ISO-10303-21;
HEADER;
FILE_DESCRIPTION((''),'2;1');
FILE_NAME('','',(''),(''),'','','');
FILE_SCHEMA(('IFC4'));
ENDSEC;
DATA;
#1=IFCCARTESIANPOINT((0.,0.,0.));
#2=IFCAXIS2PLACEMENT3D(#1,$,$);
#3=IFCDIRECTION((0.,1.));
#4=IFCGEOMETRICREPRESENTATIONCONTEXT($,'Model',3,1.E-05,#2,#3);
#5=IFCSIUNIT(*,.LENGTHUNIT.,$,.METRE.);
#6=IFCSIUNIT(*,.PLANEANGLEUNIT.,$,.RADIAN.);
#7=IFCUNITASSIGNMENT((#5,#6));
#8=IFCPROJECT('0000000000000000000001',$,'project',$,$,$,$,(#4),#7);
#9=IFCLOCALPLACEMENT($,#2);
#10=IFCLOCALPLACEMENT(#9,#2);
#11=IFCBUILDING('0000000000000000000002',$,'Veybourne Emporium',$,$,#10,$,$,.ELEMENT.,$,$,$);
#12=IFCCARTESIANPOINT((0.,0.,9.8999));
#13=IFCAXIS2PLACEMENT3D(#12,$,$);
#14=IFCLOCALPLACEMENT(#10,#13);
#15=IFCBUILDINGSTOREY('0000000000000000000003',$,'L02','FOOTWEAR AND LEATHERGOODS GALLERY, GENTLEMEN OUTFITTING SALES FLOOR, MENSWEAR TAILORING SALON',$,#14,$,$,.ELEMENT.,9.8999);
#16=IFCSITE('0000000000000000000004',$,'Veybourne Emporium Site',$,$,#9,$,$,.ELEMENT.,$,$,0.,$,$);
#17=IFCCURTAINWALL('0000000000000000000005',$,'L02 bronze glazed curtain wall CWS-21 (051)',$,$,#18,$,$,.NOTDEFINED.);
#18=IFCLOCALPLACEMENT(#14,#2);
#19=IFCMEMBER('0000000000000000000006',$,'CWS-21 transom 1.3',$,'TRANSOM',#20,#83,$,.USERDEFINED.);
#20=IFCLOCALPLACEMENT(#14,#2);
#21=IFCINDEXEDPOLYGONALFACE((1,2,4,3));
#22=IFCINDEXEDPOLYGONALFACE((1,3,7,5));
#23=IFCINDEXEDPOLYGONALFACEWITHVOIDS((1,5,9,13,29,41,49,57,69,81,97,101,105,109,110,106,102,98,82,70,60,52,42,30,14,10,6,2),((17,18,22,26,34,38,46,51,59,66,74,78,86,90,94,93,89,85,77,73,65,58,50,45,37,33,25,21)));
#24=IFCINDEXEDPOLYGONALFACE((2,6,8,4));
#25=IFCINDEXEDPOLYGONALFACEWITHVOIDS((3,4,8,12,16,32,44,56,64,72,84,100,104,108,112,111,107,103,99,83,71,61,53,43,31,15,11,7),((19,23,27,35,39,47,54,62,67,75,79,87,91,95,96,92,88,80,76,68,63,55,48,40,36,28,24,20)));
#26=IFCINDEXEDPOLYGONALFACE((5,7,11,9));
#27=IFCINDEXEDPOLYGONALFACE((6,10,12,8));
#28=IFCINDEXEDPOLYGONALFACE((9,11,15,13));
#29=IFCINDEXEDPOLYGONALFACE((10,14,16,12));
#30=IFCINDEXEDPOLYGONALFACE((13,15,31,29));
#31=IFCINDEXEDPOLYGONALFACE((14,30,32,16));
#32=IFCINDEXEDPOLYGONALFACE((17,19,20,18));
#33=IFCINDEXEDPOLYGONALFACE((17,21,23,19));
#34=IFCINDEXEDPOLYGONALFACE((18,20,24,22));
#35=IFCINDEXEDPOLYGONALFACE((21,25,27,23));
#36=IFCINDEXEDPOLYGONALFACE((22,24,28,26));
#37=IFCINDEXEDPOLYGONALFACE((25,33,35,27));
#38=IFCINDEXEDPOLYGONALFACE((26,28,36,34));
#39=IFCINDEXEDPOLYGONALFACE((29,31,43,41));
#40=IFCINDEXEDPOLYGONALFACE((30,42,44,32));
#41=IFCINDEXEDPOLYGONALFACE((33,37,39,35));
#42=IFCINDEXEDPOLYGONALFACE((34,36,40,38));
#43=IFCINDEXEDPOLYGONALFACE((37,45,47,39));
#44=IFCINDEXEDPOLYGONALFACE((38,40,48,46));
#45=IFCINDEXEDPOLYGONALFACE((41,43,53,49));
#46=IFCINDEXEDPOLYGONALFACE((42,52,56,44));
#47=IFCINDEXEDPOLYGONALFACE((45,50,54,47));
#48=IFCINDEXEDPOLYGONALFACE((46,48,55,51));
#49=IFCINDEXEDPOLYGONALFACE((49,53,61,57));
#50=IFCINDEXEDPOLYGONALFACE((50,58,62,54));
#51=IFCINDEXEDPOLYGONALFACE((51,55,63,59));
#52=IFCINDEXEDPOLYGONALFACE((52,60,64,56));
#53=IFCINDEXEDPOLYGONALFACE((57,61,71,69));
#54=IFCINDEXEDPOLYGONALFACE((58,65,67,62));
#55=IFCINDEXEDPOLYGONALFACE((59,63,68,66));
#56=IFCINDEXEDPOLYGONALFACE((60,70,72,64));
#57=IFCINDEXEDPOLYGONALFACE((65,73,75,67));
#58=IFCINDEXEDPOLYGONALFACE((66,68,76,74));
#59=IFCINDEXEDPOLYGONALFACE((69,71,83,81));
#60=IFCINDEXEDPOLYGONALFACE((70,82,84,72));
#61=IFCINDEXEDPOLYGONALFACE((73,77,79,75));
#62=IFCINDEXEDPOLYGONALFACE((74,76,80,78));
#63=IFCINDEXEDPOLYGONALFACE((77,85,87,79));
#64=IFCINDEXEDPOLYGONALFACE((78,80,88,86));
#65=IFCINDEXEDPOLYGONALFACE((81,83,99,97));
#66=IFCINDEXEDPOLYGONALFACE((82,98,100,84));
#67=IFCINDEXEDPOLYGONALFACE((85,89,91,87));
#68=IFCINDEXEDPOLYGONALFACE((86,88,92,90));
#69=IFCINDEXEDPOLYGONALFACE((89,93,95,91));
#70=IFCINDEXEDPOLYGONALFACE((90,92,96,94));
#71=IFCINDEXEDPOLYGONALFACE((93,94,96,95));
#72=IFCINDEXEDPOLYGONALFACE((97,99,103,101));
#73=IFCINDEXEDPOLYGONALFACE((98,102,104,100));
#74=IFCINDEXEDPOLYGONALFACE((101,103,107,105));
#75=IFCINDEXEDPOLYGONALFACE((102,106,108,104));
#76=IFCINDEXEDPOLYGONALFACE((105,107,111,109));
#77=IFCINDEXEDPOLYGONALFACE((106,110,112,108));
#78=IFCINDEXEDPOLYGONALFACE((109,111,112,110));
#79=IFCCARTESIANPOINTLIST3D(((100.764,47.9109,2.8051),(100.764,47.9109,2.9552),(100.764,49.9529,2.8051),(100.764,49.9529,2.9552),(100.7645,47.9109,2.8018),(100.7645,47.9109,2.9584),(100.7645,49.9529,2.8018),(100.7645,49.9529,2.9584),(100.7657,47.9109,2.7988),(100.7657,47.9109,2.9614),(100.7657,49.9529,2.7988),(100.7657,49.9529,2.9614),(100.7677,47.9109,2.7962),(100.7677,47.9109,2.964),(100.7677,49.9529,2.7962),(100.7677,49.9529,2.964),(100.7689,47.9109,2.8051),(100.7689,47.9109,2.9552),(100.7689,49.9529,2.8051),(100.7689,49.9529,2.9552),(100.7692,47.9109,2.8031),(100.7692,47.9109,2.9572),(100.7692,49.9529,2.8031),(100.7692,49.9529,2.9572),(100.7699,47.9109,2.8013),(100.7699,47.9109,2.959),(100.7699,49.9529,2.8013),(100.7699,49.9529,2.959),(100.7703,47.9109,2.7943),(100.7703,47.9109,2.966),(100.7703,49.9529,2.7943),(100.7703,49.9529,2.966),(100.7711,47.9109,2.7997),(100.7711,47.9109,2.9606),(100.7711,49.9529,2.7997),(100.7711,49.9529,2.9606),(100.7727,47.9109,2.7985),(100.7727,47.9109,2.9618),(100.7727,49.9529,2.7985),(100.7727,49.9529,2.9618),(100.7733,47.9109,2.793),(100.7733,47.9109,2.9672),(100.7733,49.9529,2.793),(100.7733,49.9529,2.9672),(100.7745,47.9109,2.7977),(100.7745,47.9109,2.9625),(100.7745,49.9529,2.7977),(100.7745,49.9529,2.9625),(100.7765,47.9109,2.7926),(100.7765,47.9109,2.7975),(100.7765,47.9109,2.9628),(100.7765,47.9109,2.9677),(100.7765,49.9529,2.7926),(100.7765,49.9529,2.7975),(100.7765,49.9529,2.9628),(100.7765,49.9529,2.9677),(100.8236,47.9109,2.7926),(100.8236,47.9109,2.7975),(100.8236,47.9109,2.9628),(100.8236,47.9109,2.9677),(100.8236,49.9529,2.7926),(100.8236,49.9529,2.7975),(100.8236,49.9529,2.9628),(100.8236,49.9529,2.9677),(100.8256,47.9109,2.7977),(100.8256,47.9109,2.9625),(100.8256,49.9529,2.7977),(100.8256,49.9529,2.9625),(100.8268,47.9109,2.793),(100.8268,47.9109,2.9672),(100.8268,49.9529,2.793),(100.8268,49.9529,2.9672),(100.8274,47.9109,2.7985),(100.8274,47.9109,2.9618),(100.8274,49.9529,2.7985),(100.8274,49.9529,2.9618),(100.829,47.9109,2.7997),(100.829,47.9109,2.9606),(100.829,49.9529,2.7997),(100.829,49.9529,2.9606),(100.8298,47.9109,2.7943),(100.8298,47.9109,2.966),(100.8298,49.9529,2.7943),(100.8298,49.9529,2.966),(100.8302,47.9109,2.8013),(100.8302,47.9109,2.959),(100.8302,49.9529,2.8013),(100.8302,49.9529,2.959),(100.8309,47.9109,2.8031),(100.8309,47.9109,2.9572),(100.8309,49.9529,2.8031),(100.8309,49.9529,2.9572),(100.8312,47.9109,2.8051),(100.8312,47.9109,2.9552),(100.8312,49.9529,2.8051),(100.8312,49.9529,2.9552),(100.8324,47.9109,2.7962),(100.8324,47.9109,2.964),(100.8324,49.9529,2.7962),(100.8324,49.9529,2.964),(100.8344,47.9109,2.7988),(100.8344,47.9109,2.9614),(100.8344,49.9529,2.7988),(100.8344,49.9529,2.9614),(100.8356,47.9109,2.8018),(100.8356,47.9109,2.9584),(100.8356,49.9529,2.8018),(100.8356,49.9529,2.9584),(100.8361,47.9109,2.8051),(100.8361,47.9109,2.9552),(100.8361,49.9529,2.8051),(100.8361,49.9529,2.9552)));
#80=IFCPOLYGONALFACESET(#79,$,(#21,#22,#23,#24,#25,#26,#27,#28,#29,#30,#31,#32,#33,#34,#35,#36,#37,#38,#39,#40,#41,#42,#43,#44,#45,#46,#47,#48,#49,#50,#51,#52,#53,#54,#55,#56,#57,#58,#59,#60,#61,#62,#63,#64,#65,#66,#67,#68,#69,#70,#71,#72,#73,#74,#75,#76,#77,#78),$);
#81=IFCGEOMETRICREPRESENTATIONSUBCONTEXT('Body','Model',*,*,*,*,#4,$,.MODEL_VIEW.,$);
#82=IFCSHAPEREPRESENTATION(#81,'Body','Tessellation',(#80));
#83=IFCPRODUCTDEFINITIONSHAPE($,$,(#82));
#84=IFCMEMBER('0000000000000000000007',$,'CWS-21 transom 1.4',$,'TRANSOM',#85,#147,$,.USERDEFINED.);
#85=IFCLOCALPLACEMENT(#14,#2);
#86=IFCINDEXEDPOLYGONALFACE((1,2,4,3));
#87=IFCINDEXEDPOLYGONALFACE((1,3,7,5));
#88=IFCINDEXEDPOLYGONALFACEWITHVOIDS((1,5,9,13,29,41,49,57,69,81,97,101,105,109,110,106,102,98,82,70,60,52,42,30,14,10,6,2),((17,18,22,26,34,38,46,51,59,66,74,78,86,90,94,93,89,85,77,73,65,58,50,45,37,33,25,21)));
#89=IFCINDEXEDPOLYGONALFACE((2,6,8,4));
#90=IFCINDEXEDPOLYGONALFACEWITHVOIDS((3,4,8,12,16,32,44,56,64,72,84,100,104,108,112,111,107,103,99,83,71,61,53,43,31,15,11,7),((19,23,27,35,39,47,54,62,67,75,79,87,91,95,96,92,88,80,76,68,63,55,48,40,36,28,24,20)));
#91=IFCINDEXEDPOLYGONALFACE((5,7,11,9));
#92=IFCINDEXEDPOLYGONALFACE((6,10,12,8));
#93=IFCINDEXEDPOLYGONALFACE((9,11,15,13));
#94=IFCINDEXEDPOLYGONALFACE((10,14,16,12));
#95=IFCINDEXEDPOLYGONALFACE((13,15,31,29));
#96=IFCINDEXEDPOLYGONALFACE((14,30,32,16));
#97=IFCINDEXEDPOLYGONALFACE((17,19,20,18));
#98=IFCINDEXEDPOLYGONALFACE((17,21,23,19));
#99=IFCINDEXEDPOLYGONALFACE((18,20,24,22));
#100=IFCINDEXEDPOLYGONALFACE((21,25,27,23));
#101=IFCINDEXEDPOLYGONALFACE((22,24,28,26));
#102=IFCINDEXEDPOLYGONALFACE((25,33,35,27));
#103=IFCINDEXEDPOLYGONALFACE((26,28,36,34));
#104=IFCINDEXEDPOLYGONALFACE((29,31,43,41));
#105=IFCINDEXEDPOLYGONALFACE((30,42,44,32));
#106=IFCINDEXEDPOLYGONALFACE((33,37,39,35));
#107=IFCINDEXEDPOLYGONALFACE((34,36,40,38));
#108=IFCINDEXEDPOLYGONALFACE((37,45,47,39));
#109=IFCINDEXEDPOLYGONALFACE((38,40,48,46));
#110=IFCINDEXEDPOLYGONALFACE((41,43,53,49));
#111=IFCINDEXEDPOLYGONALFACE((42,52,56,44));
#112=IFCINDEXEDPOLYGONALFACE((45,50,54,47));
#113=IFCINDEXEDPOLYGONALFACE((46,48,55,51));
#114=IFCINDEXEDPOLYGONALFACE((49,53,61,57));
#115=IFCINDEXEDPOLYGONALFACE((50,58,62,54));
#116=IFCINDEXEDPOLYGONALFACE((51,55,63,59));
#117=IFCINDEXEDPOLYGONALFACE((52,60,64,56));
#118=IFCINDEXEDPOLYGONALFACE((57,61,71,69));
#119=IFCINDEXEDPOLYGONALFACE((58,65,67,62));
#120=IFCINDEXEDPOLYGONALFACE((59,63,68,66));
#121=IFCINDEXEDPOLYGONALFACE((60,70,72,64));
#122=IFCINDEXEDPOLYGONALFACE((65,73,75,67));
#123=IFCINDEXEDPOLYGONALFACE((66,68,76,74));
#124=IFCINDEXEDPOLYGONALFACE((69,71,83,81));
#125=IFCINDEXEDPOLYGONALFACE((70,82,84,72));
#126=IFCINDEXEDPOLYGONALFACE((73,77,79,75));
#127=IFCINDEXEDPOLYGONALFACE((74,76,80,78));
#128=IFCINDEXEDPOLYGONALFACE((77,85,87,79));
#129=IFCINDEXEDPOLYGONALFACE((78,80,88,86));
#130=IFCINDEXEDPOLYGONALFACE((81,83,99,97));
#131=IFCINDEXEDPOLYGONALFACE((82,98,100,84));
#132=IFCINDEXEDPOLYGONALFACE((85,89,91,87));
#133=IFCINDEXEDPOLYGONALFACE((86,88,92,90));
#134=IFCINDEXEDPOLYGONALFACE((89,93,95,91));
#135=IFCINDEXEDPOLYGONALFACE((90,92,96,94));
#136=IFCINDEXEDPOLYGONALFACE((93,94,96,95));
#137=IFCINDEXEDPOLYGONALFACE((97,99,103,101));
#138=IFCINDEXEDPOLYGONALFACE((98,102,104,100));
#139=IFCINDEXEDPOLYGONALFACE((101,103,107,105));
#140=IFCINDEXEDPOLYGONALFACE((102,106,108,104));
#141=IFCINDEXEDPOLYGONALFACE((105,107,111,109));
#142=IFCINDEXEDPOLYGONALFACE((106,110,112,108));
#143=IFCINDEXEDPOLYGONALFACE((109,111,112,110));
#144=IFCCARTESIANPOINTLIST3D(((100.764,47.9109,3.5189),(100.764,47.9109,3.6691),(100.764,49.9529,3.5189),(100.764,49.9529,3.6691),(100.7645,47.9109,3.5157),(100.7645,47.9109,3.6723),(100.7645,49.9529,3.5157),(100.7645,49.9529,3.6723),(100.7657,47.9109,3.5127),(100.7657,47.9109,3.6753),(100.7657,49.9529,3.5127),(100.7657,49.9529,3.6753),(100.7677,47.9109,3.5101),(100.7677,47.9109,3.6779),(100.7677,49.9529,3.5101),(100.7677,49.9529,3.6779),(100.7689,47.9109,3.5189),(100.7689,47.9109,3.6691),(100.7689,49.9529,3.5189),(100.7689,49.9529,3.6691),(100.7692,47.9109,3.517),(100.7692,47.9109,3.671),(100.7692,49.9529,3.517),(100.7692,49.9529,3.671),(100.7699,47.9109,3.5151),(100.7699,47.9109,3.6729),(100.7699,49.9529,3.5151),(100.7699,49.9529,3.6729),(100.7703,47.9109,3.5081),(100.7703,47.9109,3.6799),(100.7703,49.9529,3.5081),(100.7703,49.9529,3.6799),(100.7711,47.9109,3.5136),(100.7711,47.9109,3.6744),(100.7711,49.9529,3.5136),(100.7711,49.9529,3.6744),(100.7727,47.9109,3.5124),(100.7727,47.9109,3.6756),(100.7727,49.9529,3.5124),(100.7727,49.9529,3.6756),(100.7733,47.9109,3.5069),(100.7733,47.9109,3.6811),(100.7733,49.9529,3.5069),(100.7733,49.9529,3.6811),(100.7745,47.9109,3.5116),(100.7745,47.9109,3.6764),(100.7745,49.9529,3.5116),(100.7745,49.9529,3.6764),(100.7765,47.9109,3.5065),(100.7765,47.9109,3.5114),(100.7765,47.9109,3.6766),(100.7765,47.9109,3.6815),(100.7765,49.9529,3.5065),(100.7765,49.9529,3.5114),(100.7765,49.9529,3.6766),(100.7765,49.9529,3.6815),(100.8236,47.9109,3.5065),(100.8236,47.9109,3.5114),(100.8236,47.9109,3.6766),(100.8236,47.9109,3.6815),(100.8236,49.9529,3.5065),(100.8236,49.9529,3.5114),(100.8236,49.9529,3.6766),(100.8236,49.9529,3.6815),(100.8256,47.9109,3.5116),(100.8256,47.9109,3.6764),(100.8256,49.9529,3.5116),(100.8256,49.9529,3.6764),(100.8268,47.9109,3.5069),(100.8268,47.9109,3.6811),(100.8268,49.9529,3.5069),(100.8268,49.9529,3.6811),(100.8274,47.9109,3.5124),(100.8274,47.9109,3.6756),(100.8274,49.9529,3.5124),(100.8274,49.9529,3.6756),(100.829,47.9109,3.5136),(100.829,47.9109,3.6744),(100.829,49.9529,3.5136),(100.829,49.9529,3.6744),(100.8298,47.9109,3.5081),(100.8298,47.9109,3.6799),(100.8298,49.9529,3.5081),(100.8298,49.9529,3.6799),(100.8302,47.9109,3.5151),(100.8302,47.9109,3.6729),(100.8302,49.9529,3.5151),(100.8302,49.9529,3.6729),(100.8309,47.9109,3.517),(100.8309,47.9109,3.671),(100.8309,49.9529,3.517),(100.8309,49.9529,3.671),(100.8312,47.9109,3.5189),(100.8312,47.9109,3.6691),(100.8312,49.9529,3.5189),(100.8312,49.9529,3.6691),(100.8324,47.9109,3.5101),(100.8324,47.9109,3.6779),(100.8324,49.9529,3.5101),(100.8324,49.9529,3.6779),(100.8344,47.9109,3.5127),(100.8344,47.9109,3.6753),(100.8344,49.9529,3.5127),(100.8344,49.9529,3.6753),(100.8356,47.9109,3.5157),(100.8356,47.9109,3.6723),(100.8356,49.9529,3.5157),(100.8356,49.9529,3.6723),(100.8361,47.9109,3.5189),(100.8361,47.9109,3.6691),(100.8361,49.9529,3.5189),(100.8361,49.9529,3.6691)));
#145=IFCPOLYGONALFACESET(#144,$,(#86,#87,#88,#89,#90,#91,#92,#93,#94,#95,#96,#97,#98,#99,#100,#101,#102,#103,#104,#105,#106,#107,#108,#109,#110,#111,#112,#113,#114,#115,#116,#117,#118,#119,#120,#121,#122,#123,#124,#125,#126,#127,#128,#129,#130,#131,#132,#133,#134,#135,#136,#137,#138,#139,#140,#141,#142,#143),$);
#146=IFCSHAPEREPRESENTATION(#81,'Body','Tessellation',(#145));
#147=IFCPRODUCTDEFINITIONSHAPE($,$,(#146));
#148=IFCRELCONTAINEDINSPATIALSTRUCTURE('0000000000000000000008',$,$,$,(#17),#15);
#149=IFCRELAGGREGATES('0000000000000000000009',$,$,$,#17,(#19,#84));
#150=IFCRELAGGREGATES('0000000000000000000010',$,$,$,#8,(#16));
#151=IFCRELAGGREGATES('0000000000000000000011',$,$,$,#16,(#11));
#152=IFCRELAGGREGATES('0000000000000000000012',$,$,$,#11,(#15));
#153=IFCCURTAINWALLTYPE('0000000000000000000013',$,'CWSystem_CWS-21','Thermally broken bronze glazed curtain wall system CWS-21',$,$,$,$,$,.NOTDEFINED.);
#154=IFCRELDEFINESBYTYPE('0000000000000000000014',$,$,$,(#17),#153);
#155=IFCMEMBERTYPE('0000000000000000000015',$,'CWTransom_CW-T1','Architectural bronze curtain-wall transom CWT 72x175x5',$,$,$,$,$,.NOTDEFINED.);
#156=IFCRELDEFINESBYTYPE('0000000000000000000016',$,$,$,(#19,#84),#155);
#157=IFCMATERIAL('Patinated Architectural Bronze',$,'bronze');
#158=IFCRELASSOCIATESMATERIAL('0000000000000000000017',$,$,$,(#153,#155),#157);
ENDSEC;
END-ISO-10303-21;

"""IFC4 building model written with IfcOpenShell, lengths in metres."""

from ifc_helpers import new_model, si_unit, direction, frame, origin, origin_2d, place, context, subcontext, project, spatial, hollow_rectangle, extrude, material, material_profile, profile_set, type_object, element, aggregate, save


model = new_model("IFC4")

# Units and contexts
model_context = context("Model", 3, precision=1e-05, world=origin(), true_north=direction((0.0, 1.0)))
body_context = subcontext(model_context, "Body", "Model", "MODEL_VIEW")
ifc_project = project(units=[si_unit("LENGTHUNIT", "METRE"), si_unit("PLANEANGLEUNIT", "RADIAN")], contexts=[model_context])

# Site, building, storey
site_placement = place(None, origin())
site = spatial("IfcSite", under=ifc_project, at=site_placement, Name="Veybourne Emporium Site", CompositionType="ELEMENT", RefElevation=0.0)
building_placement = place(site_placement, origin())
building = spatial("IfcBuilding", under=site, at=building_placement, Name="Veybourne Emporium", CompositionType="ELEMENT")
storey_placement = place(building_placement, frame((0.0, 0.0, 9.8999)))
storey = spatial("IfcBuildingStorey", under=building, at=storey_placement, Name="L02", Description="FOOTWEAR AND LEATHERGOODS GALLERY, GENTLEMEN OUTFITTING SALES FLOOR, MENSWEAR TAILORING SALON", CompositionType="ELEMENT", Elevation=9.8999)

# Curtain wall
ifc_material_1 = material(Name="Patinated Architectural Bronze", Category="bronze")
curtain_wall_type_1 = type_object("IfcCurtainWallType", Name="CWSystem_CWS-21", Description="Thermally broken bronze glazed curtain wall system CWS-21", PredefinedType="NOTDEFINED", material=ifc_material_1)
curtain_wall_1_placement = place(storey_placement, origin())
curtain_wall_1 = element("IfcCurtainWall", 1, at=curtain_wall_1_placement, inside=storey, type_object=curtain_wall_type_1, Name="L02 bronze glazed curtain wall CWS-21 (051)", PredefinedType="NOTDEFINED")

# Members
ifc_material_profile_1 = material_profile(ifc_material_1, hollow_rectangle(XDim=0.072, YDim=0.175, WallThickness=0.0049, InnerFilletRadius=0.0076, OuterFilletRadius=0.0125, at=origin_2d()), Name="CWT 72x175x5")
ifc_profile_set_1 = profile_set([ifc_material_profile_1], Name="Patinated Architectural Bronze")
member_type_1 = type_object("IfcMemberType", Name="CWTransom_CW-T1", Description="Architectural bronze curtain-wall transom CWT 72x175x5", PredefinedType="NOTDEFINED", material=ifc_profile_set_1)
member_1_placement = place(storey_placement, frame((100.8, 49.9529, 2.8801), z_axis=(0.0, -1.0, 0.0), x_axis=(1.0, 0.0, 0.0)))
member_1 = element("IfcMember", 2, at=member_1_placement, type_object=member_type_1, Name="CWS-21 transom 1.3", ObjectType="TRANSOM", PredefinedType="USERDEFINED", context=body_context, shape_type="SweptSolid", body=[
    extrude(hollow_rectangle(XDim=0.072, YDim=0.175, WallThickness=0.0049, InnerFilletRadius=0.0076, OuterFilletRadius=0.0125, at=origin_2d()), origin(), (0.0, 0.0, 1.0), 2.042),
])
member_2_placement = place(storey_placement, frame((100.8, 49.9529, 3.594), z_axis=(0.0, -1.0, 0.0), x_axis=(1.0, 0.0, 0.0)))
member_2 = element("IfcMember", 3, at=member_2_placement, type_object=member_type_1, Name="CWS-21 transom 1.4", ObjectType="TRANSOM", PredefinedType="USERDEFINED", context=body_context, shape_type="SweptSolid", body=[
    extrude(hollow_rectangle(XDim=0.072, YDim=0.175, WallThickness=0.0049, InnerFilletRadius=0.0076, OuterFilletRadius=0.0125, at=origin_2d()), origin(), (0.0, 0.0, 1.0), 2.042),
])

aggregate(curtain_wall_1, [member_1, member_2])

save(model, "model.ifc")
